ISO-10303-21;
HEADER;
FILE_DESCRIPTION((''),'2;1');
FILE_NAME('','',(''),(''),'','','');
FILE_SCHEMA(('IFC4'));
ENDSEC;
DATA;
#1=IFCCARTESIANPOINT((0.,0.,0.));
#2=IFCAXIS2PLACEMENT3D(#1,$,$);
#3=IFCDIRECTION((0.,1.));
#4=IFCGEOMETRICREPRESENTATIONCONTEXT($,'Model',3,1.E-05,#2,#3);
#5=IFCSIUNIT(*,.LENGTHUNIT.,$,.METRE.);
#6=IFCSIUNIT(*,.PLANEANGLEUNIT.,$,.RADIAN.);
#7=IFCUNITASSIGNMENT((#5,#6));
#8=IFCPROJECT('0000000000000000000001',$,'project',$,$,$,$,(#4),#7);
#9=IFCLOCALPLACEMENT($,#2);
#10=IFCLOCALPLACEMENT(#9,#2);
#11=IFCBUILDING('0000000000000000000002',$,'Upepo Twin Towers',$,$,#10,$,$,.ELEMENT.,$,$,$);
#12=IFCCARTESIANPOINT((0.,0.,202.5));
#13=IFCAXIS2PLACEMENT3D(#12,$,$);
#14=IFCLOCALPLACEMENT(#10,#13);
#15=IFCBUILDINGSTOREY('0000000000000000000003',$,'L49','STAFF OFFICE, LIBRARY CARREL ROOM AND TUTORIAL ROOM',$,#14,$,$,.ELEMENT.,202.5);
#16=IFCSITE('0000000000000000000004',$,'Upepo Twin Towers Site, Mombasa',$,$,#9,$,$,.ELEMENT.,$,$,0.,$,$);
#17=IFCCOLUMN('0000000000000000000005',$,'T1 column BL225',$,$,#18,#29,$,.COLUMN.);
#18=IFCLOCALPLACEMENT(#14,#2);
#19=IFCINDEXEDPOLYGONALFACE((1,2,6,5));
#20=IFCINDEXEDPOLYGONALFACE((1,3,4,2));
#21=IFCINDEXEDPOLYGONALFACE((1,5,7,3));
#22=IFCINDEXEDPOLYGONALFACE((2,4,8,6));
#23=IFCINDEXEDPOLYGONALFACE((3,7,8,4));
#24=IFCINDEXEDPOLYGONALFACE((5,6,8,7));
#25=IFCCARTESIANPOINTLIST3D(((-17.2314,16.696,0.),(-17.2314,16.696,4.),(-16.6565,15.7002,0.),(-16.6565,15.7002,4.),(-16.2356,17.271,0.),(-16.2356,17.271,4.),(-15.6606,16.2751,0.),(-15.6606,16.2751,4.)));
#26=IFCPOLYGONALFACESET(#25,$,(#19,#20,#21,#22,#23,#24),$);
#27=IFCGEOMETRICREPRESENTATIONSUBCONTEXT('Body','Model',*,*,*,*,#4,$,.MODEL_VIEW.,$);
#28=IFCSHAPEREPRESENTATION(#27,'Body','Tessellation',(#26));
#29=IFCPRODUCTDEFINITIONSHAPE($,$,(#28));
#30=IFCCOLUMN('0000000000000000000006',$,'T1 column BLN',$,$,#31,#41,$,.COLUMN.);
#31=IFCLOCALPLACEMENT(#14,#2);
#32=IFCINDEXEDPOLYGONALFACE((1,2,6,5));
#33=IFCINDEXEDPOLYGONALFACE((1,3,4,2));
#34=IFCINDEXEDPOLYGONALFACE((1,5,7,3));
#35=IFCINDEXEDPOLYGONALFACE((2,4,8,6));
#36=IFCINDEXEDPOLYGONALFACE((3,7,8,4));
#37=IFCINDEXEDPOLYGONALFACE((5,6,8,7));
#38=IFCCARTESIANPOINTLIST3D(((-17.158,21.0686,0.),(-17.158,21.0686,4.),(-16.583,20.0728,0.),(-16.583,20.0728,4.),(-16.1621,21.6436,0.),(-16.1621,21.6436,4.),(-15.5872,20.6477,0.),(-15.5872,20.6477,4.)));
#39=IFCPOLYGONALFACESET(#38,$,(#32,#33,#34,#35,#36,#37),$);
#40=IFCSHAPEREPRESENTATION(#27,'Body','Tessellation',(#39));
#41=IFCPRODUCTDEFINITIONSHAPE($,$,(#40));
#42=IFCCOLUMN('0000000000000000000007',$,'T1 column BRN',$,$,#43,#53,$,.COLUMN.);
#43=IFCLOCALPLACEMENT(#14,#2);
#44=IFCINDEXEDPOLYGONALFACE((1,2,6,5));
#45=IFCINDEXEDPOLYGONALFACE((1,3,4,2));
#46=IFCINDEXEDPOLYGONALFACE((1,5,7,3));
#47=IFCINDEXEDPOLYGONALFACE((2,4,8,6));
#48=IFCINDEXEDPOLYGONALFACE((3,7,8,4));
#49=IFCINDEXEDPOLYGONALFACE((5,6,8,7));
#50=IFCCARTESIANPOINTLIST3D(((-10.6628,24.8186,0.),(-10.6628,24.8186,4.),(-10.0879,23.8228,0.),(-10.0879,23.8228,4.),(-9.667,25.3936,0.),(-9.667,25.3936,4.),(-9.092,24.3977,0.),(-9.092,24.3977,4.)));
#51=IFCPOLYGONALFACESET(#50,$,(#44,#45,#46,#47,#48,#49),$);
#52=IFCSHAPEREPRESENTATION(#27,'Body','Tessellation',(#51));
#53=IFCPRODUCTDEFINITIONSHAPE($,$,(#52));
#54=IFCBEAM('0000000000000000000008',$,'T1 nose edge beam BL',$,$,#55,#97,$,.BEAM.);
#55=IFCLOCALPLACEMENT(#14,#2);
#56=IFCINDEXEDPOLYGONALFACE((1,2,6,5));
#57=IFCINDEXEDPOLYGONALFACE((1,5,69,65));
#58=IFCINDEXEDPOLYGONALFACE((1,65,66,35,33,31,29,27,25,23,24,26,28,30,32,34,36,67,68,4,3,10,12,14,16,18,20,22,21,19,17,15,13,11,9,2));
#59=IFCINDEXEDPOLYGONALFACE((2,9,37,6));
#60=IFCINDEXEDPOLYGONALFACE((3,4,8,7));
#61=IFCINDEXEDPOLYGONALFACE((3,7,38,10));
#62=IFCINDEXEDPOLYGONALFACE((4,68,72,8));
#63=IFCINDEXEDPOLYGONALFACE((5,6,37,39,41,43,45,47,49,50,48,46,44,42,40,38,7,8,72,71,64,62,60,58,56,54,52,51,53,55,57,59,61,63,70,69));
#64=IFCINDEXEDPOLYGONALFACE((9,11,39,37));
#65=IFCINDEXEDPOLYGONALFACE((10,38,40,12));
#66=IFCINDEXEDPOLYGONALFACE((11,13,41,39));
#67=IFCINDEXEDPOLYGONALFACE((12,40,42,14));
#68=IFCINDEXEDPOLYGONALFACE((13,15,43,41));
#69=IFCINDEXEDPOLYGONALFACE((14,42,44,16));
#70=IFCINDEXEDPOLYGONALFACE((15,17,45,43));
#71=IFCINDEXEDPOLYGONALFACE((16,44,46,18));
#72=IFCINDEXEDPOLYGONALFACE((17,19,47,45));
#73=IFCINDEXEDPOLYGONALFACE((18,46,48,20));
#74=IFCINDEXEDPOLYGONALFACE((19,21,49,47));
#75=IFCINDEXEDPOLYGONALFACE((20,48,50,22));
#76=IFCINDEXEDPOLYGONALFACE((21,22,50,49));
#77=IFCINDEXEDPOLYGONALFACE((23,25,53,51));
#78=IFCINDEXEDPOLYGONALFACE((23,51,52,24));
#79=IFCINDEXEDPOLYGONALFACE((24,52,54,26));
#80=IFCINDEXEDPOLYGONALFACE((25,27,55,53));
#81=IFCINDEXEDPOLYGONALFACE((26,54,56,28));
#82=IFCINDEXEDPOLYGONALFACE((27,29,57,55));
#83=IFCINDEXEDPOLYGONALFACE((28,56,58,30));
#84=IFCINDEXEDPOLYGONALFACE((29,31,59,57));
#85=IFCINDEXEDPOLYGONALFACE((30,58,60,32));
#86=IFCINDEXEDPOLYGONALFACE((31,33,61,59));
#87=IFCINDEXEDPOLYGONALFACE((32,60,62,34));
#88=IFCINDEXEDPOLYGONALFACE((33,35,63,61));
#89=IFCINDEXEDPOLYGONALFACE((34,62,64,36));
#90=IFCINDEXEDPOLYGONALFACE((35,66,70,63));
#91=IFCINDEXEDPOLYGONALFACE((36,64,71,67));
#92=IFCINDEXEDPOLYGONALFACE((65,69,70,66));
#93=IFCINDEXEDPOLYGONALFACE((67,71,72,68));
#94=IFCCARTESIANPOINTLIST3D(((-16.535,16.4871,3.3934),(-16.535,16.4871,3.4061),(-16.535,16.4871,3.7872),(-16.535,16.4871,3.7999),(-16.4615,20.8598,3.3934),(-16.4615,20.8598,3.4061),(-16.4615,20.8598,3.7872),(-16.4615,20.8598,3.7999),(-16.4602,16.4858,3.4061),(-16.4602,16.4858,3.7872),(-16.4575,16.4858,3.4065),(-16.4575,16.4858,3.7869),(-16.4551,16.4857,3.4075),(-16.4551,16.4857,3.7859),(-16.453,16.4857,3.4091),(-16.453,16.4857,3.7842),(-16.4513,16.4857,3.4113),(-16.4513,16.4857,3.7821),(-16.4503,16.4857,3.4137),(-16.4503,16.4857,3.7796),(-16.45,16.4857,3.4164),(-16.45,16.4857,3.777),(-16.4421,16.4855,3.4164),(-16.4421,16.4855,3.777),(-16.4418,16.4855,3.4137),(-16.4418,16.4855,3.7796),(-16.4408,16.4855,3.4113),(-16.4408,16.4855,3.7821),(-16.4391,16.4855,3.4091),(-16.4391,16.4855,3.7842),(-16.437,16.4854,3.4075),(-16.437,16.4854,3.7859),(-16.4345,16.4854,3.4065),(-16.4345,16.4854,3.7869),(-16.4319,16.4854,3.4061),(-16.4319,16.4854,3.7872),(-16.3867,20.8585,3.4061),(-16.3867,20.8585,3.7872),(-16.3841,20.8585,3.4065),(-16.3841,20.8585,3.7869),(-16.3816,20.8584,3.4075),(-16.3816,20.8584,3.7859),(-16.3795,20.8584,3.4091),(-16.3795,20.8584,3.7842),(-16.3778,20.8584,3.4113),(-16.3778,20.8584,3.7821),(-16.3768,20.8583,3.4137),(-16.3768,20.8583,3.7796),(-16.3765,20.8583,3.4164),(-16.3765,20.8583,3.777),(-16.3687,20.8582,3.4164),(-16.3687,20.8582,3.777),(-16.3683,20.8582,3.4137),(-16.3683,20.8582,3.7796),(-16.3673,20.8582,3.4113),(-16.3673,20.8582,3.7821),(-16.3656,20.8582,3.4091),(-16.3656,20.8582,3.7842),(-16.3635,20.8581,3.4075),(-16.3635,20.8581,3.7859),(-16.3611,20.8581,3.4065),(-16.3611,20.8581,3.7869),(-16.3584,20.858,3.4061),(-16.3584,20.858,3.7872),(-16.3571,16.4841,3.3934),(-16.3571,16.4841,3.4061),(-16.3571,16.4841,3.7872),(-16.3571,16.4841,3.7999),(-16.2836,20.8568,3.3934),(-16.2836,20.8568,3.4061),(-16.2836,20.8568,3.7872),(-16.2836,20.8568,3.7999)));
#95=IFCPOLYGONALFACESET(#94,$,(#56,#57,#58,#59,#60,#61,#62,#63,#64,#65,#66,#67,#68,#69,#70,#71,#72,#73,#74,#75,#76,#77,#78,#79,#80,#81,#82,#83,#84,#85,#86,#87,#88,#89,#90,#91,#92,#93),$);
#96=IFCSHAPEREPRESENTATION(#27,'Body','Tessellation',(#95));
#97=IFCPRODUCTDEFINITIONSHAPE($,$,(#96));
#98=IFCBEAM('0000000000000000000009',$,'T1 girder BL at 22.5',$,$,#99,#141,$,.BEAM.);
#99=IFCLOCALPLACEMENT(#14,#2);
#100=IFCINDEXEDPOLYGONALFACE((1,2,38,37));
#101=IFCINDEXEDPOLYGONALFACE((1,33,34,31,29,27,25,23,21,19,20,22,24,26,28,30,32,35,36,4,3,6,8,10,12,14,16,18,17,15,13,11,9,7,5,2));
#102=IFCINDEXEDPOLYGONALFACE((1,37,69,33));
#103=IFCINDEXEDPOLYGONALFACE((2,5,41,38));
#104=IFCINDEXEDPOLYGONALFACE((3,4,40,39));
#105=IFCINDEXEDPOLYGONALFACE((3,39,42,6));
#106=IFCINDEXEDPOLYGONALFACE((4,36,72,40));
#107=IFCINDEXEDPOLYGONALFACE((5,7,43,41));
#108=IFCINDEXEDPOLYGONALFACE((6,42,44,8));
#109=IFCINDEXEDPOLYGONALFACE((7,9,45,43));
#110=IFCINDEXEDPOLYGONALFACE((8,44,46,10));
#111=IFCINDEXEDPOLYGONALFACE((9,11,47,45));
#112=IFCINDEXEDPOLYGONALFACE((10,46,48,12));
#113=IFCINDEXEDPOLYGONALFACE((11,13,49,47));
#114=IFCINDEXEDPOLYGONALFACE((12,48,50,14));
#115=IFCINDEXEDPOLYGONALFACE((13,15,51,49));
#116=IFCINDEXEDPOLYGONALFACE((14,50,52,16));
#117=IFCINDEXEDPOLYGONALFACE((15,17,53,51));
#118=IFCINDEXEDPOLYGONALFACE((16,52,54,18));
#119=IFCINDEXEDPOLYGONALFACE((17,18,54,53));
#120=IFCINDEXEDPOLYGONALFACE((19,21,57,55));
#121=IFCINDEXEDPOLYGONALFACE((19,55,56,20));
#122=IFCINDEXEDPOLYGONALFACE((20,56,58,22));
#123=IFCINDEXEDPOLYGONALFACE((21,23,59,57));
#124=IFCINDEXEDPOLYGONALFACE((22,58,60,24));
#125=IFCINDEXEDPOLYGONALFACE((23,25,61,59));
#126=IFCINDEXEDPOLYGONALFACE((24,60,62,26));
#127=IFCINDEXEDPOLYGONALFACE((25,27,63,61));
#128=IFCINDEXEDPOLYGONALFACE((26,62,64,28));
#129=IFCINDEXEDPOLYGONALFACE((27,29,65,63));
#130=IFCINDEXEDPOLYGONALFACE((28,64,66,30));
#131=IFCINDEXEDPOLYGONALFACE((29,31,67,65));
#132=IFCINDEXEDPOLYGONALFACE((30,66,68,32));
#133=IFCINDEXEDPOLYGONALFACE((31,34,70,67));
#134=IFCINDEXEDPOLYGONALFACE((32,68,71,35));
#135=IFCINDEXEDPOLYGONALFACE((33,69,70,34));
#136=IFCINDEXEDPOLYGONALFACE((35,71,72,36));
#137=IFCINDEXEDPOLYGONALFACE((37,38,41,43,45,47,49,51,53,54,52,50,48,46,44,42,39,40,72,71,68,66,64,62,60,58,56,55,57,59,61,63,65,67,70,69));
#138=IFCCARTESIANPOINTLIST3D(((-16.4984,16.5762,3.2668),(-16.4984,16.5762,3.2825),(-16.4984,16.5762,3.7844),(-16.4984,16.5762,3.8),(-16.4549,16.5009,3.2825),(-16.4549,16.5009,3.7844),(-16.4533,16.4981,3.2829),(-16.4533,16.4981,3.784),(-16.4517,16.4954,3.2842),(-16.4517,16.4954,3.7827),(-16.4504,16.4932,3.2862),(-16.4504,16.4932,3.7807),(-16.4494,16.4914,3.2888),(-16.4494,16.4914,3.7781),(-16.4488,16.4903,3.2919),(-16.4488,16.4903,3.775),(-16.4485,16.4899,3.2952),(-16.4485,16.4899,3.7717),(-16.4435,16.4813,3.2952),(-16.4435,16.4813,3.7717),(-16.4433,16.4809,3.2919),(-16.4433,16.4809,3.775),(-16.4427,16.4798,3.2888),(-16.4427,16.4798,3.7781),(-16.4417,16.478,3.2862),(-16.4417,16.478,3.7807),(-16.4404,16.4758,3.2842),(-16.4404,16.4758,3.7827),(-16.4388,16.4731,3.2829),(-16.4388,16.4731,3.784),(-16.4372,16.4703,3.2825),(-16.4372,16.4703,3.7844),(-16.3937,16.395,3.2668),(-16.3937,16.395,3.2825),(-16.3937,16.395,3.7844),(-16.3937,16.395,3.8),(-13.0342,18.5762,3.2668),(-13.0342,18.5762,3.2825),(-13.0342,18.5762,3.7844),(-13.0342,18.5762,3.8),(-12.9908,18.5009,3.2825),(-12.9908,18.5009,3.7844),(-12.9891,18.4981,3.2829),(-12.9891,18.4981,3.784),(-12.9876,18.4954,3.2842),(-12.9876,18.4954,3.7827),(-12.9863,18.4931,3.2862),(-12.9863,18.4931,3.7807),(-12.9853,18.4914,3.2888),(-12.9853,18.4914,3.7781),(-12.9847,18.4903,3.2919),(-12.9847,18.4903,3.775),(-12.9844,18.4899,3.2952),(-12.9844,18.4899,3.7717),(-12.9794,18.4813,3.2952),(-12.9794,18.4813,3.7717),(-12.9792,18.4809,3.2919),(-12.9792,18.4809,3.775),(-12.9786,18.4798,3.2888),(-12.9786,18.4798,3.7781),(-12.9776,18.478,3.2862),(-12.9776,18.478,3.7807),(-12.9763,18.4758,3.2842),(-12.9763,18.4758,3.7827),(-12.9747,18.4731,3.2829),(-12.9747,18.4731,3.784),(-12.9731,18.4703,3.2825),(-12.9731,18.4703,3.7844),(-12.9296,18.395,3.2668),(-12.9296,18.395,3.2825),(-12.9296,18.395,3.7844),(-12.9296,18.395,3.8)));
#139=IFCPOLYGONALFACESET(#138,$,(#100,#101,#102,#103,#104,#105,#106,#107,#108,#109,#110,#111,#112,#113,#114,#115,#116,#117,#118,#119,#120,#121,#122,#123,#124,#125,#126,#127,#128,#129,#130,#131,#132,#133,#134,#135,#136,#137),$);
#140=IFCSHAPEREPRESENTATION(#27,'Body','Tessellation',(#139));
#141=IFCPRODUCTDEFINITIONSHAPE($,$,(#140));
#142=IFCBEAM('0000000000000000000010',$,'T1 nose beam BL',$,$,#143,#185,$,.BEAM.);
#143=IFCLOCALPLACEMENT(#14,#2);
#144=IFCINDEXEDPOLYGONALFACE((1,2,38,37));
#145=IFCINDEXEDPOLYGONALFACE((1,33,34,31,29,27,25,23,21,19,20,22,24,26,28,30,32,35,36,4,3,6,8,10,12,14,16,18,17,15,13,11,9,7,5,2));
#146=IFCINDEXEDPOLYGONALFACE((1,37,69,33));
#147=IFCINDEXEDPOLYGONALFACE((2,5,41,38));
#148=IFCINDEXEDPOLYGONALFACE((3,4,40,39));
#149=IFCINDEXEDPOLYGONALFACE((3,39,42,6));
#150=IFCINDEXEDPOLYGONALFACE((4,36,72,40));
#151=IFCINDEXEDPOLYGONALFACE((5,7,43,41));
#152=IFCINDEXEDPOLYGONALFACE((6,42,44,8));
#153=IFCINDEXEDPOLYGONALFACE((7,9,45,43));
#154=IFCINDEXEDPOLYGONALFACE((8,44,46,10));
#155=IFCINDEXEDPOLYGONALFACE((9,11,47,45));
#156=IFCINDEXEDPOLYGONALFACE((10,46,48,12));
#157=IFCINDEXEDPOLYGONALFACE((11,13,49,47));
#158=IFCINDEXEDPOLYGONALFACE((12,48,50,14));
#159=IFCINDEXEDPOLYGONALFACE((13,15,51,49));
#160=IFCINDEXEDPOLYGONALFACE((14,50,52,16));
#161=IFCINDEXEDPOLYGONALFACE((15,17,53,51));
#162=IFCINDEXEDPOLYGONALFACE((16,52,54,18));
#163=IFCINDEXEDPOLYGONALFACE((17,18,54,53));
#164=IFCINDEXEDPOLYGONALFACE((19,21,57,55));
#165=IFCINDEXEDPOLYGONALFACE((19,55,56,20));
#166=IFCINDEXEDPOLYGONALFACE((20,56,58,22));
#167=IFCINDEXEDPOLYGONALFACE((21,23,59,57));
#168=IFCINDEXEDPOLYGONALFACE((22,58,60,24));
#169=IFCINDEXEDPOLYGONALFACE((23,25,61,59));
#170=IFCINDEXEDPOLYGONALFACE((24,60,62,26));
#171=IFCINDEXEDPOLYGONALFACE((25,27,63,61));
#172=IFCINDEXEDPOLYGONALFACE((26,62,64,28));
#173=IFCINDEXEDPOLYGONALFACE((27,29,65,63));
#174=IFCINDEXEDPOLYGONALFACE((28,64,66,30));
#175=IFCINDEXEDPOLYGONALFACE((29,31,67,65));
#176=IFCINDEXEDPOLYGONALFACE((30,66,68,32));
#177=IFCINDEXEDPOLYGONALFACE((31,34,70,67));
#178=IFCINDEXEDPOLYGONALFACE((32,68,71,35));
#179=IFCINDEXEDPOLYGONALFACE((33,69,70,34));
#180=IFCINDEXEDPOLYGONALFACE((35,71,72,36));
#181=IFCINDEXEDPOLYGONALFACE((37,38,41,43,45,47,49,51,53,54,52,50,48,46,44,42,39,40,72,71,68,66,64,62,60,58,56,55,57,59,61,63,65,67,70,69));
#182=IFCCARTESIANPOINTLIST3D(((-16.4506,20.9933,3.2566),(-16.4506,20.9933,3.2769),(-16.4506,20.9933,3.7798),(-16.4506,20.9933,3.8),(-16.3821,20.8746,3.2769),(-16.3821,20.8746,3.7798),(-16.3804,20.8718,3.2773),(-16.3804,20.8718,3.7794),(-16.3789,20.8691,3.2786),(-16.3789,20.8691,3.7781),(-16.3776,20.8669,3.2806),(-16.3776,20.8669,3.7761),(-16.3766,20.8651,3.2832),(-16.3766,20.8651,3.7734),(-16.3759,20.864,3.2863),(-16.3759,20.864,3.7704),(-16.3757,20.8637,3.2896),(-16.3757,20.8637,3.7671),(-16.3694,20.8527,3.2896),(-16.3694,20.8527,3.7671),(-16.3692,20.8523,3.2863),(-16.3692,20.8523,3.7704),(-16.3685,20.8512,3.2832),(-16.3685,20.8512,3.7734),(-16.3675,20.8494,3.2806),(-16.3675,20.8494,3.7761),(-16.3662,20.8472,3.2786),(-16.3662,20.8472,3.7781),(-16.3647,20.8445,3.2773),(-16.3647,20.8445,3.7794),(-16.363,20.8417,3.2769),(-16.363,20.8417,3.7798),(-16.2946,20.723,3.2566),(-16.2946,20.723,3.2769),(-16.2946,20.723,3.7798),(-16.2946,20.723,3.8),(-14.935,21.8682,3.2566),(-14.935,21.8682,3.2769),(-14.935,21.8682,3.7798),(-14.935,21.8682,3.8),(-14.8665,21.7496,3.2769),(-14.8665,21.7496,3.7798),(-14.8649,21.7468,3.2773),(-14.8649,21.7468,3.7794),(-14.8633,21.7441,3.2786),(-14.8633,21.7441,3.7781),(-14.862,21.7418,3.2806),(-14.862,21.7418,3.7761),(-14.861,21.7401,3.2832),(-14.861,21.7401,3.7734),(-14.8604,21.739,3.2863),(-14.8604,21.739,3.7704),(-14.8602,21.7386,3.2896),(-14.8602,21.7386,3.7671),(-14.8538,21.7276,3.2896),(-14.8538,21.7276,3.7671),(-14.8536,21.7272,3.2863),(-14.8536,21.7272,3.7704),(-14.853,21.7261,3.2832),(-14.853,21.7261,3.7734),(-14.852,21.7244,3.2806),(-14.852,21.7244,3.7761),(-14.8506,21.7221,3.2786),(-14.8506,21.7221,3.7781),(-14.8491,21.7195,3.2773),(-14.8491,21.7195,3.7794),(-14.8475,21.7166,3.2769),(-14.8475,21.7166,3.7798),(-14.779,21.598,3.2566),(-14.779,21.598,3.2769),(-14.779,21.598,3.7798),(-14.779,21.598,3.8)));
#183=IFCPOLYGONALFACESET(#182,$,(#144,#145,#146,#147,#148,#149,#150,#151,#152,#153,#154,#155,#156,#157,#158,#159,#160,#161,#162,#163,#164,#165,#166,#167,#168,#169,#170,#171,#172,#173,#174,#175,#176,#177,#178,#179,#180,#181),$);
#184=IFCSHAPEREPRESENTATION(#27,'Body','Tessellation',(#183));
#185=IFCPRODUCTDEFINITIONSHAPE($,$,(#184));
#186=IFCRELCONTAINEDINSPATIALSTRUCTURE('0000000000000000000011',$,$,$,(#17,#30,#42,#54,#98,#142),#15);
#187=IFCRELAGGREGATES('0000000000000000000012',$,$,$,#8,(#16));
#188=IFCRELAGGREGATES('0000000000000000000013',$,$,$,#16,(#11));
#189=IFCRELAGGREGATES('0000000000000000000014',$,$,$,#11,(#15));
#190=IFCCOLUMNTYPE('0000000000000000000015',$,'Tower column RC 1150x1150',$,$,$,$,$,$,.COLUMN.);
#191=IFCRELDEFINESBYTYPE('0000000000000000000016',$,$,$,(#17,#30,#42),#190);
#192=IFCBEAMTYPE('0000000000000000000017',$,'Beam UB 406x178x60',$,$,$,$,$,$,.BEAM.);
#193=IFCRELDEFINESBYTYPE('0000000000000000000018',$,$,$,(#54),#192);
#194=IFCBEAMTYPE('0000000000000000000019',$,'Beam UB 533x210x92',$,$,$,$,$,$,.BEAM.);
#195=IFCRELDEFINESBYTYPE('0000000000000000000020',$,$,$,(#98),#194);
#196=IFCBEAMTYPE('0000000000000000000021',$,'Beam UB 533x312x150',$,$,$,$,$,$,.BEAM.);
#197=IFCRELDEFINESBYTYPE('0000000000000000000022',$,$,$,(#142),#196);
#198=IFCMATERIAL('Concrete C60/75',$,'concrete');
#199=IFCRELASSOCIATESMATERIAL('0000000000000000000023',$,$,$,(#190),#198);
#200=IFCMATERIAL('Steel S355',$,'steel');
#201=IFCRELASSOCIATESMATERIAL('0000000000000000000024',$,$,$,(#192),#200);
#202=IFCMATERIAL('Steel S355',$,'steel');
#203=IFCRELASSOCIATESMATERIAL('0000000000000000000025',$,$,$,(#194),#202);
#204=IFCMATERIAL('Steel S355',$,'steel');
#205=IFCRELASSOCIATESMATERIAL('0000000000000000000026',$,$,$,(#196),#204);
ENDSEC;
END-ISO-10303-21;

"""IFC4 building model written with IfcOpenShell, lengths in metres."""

from ifc_helpers import new_model, si_unit, direction, frame, origin, origin_2d, place, context, subcontext, project, spatial, rectangle, i_section, extrude, material, material_profile, profile_set, type_object, element, save


model = new_model("IFC4")

# Units and contexts
model_context = context("Model", 3, precision=1e-05, world=origin(), true_north=direction((0.0, 1.0)))
body_context = subcontext(model_context, "Body", "Model", "MODEL_VIEW")
ifc_project = project(units=[si_unit("LENGTHUNIT", "METRE"), si_unit("PLANEANGLEUNIT", "RADIAN")], contexts=[model_context])

# Site, building, storey
site_placement = place(None, origin())
site = spatial("IfcSite", under=ifc_project, at=site_placement, Name="Upepo Twin Towers Site, Mombasa", CompositionType="ELEMENT", RefElevation=0.0)
building_placement = place(site_placement, origin())
building = spatial("IfcBuilding", under=site, at=building_placement, Name="Upepo Twin Towers", CompositionType="ELEMENT")
storey_placement = place(building_placement, frame((0.0, 0.0, 202.5)))
storey = spatial("IfcBuildingStorey", under=building, at=storey_placement, Name="L49", Description="STAFF OFFICE, LIBRARY CARREL ROOM AND TUTORIAL ROOM", CompositionType="ELEMENT", Elevation=202.5)

# Columns
ifc_material_1 = material(Name="Concrete C60/75", Category="concrete")
ifc_material_profile_1 = material_profile(ifc_material_1, rectangle(XDim=1.1499, YDim=1.1499, at=origin_2d()), Name="RC 1150x1150")
ifc_profile_set_1 = profile_set([ifc_material_profile_1], Name="Concrete C60/75")
column_type = type_object("IfcColumnType", Name="Tower column RC 1150x1150", PredefinedType="COLUMN", material=ifc_profile_set_1)
for number, where, z_axis, x_axis, name in (
    (1, (-16.446, 16.4856, 0.0), (0.0, 0.0, 1.0), (0.866025, 0.5, 0.0), "T1 column BL225"),
    (2, (-16.3726, 20.8582, 0.0), (0.0, 0.0, 1.0), (0.866025, 0.5, 0.0), "T1 column BLN"),
    (3, (-9.8774, 24.6082, 0.0), (0.0, 0.0, 1.0), (0.866025, 0.5, 0.0), "T1 column BRN"),
):
    element("IfcColumn", number, at=place(storey_placement, frame(where, z_axis=z_axis, x_axis=x_axis)), inside=storey, type_object=column_type, Name=name, PredefinedType="COLUMN", context=body_context, shape_type="SweptSolid", body=[
        extrude(rectangle(XDim=1.1499, YDim=1.1499, at=origin_2d()), origin(), (0.0, 0.0, 1.0), 4.0),
    ])

# Beams
ifc_material_2 = material(Name="Steel S355", Category="steel")
ifc_material_profile_2 = material_profile(ifc_material_2, i_section(OverallWidth=0.178, OverallDepth=0.4065, WebThickness=0.0078, FlangeThickness=0.0127, FilletRadius=0.0103, at=origin_2d()), Name="UB 406x178x60")
ifc_profile_set_2 = profile_set([ifc_material_profile_2], Name="Steel S355")
beam_type_1 = type_object("IfcBeamType", Name="Beam UB 406x178x60", PredefinedType="BEAM", material=ifc_profile_set_2)
beam_1_placement = place(storey_placement, frame((-16.446, 16.4856, 3.5967), z_axis=(0.016804, 0.999859, 0.0), x_axis=(-0.999859, 0.016804, 0.0)))
element("IfcBeam", 4, at=beam_1_placement, inside=storey, type_object=beam_type_1, Name="T1 nose edge beam BL", PredefinedType="BEAM", context=body_context, shape_type="SweptSolid", body=[
    extrude(i_section(OverallWidth=0.178, OverallDepth=0.4065, WebThickness=0.0078, FlangeThickness=0.0127, FilletRadius=0.0103, at=origin_2d()), origin(), (0.0, 0.0, 1.0), 4.3733),
])
ifc_material_3 = material(Name="Steel S355", Category="steel")
ifc_material_profile_3 = material_profile(ifc_material_3, i_section(OverallWidth=0.2092, OverallDepth=0.5332, WebThickness=0.01, FlangeThickness=0.0156, FilletRadius=0.0127, at=origin_2d()), Name="UB 533x210x92")
ifc_profile_set_3 = profile_set([ifc_material_profile_3], Name="Steel S355")
beam_type_2 = type_object("IfcBeamType", Name="Beam UB 533x210x92", PredefinedType="BEAM", material=ifc_profile_set_3)
beam_2_placement = place(storey_placement, frame((-16.446, 16.4856, 3.5334), z_axis=(0.866026, 0.499999, 0.0), x_axis=(-0.499999, 0.866026, 0.0)))
element("IfcBeam", 5, at=beam_2_placement, inside=storey, type_object=beam_type_2, Name="T1 girder BL at 22.5", PredefinedType="BEAM", context=body_context, shape_type="SweptSolid", body=[
    extrude(i_section(OverallWidth=0.2092, OverallDepth=0.5332, WebThickness=0.01, FlangeThickness=0.0156, FilletRadius=0.0127, at=origin_2d()), origin(), (0.0, 0.0, 1.0), 4.0),
])
ifc_material_4 = material(Name="Steel S355", Category="steel")
ifc_material_profile_4 = material_profile(ifc_material_4, i_section(OverallWidth=0.312, OverallDepth=0.5435, WebThickness=0.0127, FlangeThickness=0.0203, FilletRadius=0.0127, at=origin_2d()), Name="UB 533x312x150")
ifc_profile_set_4 = profile_set([ifc_material_profile_4], Name="Steel S355")
beam_type_3 = type_object("IfcBeamType", Name="Beam UB 533x312x150", PredefinedType="BEAM", material=ifc_profile_set_4)
for number, where, z_axis, x_axis, name in (
    (6, (-16.3726, 20.8582, 3.5283), (0.866037, 0.49998, 0.0), (-0.49998, 0.866037, 0.0), "T1 nose beam BL"),
):
    element("IfcBeam", number, at=place(storey_placement, frame(where, z_axis=z_axis, x_axis=x_axis)), inside=storey, type_object=beam_type_3, Name=name, PredefinedType="BEAM", context=body_context, shape_type="SweptSolid", body=[
        extrude(i_section(OverallWidth=0.312, OverallDepth=0.5435, WebThickness=0.0127, FlangeThickness=0.0203, FilletRadius=0.0127, at=origin_2d()), origin(), (0.0, 0.0, 1.0), 1.75),
    ])

save(model, "model.ifc")
